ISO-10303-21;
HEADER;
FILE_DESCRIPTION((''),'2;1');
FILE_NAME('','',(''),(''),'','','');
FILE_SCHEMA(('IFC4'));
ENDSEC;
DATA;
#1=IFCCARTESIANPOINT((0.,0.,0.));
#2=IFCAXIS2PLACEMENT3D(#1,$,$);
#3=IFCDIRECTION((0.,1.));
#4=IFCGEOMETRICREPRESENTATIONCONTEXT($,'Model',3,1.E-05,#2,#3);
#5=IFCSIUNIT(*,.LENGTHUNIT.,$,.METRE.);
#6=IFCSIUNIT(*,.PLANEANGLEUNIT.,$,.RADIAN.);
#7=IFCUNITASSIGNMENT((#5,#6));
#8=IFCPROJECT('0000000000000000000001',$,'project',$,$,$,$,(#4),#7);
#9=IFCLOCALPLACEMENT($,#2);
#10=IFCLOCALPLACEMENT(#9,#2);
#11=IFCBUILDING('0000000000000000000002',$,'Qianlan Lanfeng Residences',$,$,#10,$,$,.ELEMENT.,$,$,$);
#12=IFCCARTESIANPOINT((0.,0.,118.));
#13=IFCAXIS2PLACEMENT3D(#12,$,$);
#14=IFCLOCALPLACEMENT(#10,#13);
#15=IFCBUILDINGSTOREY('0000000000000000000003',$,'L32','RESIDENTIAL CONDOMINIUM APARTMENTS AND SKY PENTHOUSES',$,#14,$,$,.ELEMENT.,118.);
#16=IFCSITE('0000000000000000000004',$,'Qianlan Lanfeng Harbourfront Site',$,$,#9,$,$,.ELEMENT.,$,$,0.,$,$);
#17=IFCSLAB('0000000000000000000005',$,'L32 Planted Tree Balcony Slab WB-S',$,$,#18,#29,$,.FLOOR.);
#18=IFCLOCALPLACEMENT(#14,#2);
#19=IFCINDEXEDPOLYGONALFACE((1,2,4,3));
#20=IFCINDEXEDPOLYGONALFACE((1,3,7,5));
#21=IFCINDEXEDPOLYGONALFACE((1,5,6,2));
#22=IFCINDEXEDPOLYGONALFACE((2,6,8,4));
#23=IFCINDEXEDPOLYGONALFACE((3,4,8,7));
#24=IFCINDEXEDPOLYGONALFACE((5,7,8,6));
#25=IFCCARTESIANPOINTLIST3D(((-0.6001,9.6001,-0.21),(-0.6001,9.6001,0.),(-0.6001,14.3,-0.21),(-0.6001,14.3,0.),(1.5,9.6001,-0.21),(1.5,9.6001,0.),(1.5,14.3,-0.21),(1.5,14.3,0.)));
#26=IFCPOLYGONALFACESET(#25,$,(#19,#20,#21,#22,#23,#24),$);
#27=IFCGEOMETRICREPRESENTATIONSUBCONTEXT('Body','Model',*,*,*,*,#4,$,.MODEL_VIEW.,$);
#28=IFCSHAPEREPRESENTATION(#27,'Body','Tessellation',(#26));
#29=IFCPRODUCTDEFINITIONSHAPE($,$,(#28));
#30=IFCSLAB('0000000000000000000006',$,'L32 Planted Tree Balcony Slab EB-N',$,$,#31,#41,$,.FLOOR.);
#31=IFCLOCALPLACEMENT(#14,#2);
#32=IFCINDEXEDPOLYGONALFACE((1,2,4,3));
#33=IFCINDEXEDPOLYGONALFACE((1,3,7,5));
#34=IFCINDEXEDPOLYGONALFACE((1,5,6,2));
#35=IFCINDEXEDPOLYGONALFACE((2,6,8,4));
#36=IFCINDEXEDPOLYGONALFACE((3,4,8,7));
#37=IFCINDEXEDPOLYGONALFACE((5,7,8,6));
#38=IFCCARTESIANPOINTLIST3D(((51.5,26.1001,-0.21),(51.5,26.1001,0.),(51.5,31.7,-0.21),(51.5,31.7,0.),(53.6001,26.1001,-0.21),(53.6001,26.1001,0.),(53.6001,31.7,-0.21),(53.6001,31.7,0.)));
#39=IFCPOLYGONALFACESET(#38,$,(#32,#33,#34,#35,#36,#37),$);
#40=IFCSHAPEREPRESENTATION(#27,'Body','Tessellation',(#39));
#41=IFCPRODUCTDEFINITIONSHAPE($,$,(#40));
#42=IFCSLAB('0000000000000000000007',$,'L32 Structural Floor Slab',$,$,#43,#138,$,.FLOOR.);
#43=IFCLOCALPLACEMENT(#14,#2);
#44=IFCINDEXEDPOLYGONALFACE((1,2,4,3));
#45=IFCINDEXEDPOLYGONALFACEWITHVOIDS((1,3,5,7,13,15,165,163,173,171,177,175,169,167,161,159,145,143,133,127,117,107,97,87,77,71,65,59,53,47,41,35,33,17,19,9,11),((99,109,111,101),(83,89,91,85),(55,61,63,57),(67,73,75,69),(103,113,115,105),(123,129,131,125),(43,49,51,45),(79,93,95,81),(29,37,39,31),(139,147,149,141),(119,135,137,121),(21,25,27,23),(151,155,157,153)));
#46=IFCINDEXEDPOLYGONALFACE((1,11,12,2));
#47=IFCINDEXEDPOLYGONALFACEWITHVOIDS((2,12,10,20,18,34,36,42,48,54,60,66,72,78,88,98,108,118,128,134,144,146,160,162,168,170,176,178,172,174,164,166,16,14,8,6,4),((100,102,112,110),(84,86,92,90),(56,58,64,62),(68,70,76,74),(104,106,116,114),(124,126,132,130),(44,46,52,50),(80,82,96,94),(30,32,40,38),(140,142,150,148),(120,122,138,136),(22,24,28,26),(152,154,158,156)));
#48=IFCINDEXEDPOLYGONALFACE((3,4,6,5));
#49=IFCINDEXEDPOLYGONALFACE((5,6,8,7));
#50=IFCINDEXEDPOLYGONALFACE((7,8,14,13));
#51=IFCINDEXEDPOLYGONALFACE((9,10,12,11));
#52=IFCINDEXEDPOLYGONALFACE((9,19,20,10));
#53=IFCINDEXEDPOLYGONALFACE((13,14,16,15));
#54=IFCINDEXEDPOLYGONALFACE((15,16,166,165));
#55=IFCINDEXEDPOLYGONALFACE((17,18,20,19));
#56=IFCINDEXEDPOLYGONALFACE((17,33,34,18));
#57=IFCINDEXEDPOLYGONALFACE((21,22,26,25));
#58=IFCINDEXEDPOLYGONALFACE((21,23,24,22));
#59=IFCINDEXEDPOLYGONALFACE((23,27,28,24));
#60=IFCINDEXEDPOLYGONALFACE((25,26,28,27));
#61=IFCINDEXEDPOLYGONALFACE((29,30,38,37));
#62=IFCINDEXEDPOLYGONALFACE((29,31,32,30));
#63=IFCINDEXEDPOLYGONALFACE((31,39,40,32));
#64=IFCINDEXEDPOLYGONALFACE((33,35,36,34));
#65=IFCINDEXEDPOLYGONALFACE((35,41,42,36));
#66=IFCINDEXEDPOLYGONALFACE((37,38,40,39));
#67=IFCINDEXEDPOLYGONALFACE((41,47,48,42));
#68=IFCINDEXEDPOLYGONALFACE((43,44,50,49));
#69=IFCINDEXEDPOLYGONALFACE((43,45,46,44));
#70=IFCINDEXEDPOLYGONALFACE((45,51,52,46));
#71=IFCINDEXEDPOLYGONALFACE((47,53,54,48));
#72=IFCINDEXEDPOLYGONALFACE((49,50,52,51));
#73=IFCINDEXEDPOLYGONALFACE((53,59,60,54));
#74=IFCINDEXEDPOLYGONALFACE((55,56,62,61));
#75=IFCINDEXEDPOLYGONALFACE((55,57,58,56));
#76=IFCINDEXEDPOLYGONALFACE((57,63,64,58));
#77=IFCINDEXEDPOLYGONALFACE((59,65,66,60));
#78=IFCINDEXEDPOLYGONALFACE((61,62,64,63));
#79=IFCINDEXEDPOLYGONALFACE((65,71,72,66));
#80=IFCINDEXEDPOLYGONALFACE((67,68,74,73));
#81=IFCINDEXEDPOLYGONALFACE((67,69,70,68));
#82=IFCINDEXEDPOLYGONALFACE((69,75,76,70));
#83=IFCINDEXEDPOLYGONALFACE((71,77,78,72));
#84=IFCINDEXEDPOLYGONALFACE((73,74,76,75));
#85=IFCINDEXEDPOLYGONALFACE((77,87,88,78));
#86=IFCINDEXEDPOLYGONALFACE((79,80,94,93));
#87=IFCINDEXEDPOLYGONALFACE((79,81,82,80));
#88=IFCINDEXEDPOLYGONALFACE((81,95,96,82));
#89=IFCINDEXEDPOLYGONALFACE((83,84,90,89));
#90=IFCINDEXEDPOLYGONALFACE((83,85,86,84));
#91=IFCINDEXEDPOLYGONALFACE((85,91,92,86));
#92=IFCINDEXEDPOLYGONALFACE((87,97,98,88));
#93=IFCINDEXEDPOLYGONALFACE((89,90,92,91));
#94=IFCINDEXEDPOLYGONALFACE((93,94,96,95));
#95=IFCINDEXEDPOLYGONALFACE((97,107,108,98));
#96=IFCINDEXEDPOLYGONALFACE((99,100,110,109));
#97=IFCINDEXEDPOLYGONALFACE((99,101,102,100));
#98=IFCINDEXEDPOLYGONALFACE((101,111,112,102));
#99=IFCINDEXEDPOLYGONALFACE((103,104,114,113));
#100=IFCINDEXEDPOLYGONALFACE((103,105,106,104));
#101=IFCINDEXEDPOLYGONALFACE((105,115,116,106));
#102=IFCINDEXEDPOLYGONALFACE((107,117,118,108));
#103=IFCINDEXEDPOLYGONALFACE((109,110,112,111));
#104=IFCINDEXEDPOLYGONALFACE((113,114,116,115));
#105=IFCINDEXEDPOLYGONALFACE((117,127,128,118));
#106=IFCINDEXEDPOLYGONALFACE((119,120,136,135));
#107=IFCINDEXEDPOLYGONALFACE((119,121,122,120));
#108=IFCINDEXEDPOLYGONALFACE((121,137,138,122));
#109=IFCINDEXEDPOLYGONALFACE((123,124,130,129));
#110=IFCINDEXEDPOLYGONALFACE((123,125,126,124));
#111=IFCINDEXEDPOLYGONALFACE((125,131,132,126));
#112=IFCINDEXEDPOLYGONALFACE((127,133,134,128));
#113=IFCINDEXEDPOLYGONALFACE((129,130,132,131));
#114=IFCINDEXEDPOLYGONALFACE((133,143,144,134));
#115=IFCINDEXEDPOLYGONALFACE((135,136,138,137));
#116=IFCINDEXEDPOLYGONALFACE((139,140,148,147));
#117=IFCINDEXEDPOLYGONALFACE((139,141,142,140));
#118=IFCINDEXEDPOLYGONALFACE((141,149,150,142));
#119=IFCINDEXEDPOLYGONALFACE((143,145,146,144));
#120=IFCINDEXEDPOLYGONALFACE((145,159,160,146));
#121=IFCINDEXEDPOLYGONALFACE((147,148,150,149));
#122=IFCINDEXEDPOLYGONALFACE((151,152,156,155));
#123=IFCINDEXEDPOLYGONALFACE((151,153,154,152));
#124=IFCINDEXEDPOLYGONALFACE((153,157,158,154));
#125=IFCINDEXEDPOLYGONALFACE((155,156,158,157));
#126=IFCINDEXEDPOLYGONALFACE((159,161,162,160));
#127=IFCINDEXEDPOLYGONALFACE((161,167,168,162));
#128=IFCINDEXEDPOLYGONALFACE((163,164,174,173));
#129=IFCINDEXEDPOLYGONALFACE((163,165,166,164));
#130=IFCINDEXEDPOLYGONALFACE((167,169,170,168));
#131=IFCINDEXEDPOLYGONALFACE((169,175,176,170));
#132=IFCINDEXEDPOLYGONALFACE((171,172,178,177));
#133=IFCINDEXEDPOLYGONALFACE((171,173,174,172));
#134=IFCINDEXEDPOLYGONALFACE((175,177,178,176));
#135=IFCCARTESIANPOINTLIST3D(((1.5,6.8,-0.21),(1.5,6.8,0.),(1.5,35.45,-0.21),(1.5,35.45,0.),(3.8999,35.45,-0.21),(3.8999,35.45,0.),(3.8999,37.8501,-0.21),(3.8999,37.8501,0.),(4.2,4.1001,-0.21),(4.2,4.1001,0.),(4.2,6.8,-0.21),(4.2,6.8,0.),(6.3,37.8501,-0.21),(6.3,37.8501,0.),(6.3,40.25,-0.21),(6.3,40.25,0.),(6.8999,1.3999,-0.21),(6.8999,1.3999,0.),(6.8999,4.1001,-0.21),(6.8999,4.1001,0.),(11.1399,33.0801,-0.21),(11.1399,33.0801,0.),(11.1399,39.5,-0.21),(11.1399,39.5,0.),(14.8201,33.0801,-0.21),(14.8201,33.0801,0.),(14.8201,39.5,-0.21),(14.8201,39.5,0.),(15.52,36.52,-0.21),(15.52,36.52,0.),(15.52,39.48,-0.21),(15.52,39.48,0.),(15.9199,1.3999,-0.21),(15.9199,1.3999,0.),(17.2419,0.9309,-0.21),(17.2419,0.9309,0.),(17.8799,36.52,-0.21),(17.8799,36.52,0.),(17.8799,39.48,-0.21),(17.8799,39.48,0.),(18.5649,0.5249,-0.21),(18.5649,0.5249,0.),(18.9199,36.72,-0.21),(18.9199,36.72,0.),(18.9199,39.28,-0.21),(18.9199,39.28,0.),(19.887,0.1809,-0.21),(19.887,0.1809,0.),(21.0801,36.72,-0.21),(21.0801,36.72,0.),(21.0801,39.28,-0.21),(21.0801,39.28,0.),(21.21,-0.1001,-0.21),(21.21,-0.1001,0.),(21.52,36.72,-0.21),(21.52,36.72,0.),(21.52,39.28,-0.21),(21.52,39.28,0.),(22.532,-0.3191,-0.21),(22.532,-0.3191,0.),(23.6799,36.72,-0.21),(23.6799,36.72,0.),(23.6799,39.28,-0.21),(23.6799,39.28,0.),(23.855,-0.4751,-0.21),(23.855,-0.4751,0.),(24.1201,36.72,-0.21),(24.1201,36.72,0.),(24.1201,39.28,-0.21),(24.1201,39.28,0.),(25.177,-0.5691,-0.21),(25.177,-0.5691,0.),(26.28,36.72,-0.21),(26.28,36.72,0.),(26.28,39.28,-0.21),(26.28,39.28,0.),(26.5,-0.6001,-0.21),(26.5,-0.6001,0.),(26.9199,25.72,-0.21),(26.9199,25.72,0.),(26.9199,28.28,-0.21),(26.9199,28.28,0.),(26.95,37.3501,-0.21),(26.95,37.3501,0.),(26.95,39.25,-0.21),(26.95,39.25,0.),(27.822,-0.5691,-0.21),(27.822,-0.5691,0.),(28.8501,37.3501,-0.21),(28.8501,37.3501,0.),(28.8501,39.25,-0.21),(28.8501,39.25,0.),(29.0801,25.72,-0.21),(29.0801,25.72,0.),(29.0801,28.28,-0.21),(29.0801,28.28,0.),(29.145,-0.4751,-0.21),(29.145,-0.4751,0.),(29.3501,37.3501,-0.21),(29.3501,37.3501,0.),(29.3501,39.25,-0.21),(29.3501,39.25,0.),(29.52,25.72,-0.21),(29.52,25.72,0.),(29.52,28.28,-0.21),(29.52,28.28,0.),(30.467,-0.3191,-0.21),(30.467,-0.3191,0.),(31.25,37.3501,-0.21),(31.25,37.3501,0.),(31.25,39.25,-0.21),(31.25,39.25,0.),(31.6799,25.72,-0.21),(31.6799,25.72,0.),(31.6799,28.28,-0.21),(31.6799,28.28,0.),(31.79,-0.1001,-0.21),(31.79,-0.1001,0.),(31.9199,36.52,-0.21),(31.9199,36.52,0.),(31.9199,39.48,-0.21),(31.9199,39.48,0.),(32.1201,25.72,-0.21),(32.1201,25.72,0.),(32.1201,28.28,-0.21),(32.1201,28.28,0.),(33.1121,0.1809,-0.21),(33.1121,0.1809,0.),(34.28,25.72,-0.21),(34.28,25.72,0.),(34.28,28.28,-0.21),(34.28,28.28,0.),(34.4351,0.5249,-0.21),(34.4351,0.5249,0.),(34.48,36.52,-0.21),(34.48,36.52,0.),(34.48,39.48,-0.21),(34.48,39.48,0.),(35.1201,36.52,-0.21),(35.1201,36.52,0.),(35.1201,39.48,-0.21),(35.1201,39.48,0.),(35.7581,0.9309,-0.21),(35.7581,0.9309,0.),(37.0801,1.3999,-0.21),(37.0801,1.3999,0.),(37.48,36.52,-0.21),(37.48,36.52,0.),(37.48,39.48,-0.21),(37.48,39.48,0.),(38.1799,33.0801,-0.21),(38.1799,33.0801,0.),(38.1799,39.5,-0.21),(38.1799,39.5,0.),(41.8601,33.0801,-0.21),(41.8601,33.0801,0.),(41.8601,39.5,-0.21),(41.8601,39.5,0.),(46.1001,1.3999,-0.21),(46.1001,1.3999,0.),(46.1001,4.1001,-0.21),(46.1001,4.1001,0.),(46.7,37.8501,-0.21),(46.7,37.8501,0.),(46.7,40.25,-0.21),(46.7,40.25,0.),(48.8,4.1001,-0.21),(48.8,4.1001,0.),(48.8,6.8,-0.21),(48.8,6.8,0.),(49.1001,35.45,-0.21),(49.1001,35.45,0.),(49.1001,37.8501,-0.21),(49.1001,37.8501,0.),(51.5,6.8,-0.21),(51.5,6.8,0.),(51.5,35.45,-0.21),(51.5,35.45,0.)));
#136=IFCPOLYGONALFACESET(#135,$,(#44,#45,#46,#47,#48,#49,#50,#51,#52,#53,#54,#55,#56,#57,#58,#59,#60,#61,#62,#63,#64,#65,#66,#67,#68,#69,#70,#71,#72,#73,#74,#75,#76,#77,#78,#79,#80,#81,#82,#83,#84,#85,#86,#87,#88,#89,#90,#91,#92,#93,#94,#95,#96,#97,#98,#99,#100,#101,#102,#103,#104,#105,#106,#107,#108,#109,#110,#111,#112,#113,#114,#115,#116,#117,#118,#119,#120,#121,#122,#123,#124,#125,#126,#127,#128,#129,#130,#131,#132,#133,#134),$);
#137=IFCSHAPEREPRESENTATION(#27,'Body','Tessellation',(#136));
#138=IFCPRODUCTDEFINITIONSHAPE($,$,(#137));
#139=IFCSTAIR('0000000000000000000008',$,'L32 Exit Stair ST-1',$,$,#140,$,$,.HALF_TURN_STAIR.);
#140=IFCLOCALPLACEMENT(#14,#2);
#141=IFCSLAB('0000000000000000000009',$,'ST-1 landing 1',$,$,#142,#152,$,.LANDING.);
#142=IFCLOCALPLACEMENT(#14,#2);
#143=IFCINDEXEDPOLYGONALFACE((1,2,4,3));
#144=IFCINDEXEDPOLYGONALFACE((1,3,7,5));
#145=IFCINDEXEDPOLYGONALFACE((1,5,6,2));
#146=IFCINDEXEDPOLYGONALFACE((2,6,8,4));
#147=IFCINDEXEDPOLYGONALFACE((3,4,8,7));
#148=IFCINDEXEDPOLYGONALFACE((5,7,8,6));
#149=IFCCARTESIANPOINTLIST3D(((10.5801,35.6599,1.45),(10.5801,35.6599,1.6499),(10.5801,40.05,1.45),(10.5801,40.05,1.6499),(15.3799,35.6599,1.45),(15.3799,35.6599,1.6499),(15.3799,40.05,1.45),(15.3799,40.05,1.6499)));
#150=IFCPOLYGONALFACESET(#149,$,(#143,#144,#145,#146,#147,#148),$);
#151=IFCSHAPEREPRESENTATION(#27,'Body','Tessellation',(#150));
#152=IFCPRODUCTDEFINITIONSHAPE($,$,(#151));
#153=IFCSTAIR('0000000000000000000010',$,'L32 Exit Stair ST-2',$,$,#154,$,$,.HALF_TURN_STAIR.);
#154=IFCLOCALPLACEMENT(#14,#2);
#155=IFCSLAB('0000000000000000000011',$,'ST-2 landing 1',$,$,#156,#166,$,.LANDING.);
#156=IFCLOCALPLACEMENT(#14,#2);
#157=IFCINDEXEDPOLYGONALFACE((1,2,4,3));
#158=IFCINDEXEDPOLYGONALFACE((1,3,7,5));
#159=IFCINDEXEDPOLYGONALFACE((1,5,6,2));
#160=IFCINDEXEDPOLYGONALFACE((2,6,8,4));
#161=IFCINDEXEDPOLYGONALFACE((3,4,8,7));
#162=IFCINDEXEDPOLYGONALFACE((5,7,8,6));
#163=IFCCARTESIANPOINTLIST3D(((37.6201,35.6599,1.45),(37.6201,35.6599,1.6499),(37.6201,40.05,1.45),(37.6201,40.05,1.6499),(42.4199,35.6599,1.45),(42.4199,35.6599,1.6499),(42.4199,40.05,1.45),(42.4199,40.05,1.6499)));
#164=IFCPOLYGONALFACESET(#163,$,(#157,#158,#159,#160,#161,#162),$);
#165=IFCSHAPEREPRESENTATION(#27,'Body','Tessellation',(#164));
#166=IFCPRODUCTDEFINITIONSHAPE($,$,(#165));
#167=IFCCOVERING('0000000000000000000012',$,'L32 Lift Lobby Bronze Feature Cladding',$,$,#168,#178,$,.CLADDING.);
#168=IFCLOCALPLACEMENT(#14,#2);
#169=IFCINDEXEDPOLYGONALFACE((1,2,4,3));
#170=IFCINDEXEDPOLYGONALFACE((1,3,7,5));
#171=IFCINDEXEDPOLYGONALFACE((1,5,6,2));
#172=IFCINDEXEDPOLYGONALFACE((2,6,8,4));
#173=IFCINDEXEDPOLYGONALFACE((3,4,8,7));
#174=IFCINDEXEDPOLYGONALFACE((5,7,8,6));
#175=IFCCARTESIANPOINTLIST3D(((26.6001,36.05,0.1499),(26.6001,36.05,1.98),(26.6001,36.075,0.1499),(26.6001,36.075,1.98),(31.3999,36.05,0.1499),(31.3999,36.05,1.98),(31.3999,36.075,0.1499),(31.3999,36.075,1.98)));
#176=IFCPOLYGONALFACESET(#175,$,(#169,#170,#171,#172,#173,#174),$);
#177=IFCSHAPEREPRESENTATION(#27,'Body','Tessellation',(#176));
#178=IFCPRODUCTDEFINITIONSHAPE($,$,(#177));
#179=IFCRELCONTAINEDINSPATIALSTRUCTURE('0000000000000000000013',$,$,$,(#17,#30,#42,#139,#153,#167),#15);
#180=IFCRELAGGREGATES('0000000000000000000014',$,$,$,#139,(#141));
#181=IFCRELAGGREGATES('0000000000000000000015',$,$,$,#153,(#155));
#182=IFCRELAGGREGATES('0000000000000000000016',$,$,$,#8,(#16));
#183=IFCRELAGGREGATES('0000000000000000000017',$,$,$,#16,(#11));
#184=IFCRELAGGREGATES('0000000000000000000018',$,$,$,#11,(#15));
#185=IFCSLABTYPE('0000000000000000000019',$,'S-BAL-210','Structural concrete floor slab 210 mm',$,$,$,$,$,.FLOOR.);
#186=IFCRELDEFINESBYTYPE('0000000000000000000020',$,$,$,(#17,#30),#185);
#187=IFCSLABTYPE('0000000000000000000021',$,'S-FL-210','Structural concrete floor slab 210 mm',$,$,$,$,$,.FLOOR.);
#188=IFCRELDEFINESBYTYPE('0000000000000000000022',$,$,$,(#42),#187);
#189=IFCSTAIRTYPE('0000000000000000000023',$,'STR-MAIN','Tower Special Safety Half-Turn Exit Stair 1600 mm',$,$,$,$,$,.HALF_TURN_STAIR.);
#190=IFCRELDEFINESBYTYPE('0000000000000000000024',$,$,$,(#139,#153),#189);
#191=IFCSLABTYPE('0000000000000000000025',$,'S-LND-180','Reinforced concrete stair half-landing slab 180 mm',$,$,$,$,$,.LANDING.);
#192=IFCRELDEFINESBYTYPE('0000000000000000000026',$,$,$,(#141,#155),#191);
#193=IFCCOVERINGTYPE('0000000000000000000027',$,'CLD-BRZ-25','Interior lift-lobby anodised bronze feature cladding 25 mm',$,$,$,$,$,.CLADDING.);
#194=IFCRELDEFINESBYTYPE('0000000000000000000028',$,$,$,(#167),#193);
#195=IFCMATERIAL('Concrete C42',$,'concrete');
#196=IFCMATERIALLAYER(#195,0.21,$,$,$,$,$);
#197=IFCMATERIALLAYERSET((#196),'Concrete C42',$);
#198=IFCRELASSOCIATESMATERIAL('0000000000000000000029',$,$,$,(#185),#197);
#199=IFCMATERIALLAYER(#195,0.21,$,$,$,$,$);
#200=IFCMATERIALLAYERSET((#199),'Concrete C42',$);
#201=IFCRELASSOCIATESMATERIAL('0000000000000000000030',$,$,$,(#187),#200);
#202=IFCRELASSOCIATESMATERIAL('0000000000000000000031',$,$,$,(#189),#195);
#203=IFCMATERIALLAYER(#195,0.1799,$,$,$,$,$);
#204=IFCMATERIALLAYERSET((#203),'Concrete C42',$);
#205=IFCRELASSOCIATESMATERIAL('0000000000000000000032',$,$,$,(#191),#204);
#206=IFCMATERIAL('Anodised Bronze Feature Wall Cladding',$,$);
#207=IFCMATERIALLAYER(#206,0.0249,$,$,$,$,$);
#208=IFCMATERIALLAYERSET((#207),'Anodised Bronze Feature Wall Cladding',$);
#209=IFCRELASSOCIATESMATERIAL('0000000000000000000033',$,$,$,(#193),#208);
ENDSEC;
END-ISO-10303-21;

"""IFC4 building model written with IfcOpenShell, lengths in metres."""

from ifc_helpers import new_model, si_unit, direction, frame, origin, place, context, subcontext, project, spatial, polyline, outline, extrude, material, layer, layer_set, type_object, element, aggregate, save


model = new_model("IFC4")

# Units and contexts
model_context = context("Model", 3, precision=1e-05, world=origin(), true_north=direction((0.0, 1.0)))
body_context = subcontext(model_context, "Body", "Model", "MODEL_VIEW")
ifc_project = project(units=[si_unit("LENGTHUNIT", "METRE"), si_unit("PLANEANGLEUNIT", "RADIAN")], contexts=[model_context])

# Site, building, storey
site_placement = place(None, origin())
site = spatial("IfcSite", under=ifc_project, at=site_placement, Name="Qianlan Lanfeng Harbourfront Site", CompositionType="ELEMENT", RefElevation=0.0)
building_placement = place(site_placement, origin())
building = spatial("IfcBuilding", under=site, at=building_placement, Name="Qianlan Lanfeng Residences", CompositionType="ELEMENT")
storey_placement = place(building_placement, frame((0.0, 0.0, 118.0)))
storey = spatial("IfcBuildingStorey", under=building, at=storey_placement, Name="L32", Description="RESIDENTIAL CONDOMINIUM APARTMENTS AND SKY PENTHOUSES", CompositionType="ELEMENT", Elevation=118.0)

# Slabs
ifc_material_1 = material(Name="Concrete C42", Category="concrete")
ifc_layer_1 = layer(ifc_material_1, 0.21)
ifc_layer_set_1 = layer_set([ifc_layer_1], Name="Concrete C42")
slab_type_1 = type_object("IfcSlabType", Name="S-BAL-210", Description="Structural concrete floor slab 210 mm", PredefinedType="FLOOR", material=ifc_layer_set_1)
slab_1_placement = place(storey_placement, frame((0.0, 0.0, -0.21)))
element("IfcSlab", 1, at=slab_1_placement, inside=storey, type_object=slab_type_1, Name="L32 Planted Tree Balcony Slab WB-S", PredefinedType="FLOOR", context=body_context, shape_type="SweptSolid", body=[
    extrude(outline(polyline([(1.5, 9.6001), (1.5, 14.3), (-0.6001, 14.3), (-0.6001, 9.6001), (1.5, 9.6001)])), origin(), (0.0, 0.0, 1.0), 0.21),
])
slab_2_placement = place(storey_placement, frame((0.0, 0.0, -0.21)))
element("IfcSlab", 2, at=slab_2_placement, inside=storey, type_object=slab_type_1, Name="L32 Planted Tree Balcony Slab EB-N", PredefinedType="FLOOR", context=body_context, shape_type="SweptSolid", body=[
    extrude(outline(polyline([(51.5, 31.7), (51.5, 26.1001), (53.6001, 26.1001), (53.6001, 31.7), (51.5, 31.7)])), origin(), (0.0, 0.0, 1.0), 0.21),
])
ifc_layer_2 = layer(ifc_material_1, 0.21)
ifc_layer_set_2 = layer_set([ifc_layer_2], Name="Concrete C42")
slab_type_2 = type_object("IfcSlabType", Name="S-FL-210", Description="Structural concrete floor slab 210 mm", PredefinedType="FLOOR", material=ifc_layer_set_2)
slab_3_placement = place(storey_placement, frame((0.0, 0.0, -0.21)))
element("IfcSlab", 3, at=slab_3_placement, inside=storey, type_object=slab_type_2, Name="L32 Structural Floor Slab", PredefinedType="FLOOR", context=body_context, shape_type="SweptSolid", body=[
    extrude(outline(polyline([(1.5, 6.8), (4.2, 6.8), (4.2, 4.1001), (6.8999, 4.1001), (6.8999, 1.3999), (15.9199, 1.3999), (17.2419, 0.9309), (18.5649, 0.5249), (19.887, 0.1809), (21.21, -0.1001), (22.532, -0.3191), (23.855, -0.4751), (25.177, -0.5691), (26.5, -0.6001), (27.822, -0.5691), (29.145, -0.4751), (30.467, -0.3191), (31.79, -0.1001), (33.1121, 0.1809), (34.4351, 0.5249), (35.7581, 0.9309), (37.0801, 1.3999), (46.1001, 1.3999), (46.1001, 4.1001), (48.8, 4.1001), (48.8, 6.8), (51.5, 6.8), (51.5, 35.45), (49.1001, 35.45), (49.1001, 37.8501), (46.7, 37.8501), (46.7, 40.25), (6.3, 40.25), (6.3, 37.8501), (3.8999, 37.8501), (3.8999, 35.45), (1.5, 35.45), (1.5, 6.8)]), holes=[polyline([(11.1399, 33.0801), (11.1399, 39.5), (14.8201, 39.5), (14.8201, 33.0801), (11.1399, 33.0801)]), polyline([(38.1799, 33.0801), (38.1799, 39.5), (41.8601, 39.5), (41.8601, 33.0801), (38.1799, 33.0801)]), polyline([(15.52, 36.52), (15.52, 39.48), (17.8799, 39.48), (17.8799, 36.52), (15.52, 36.52)]), polyline([(35.1201, 36.52), (35.1201, 39.48), (37.48, 39.48), (37.48, 36.52), (35.1201, 36.52)]), polyline([(31.9199, 36.52), (31.9199, 39.48), (34.48, 39.48), (34.48, 36.52), (31.9199, 36.52)]), polyline([(26.9199, 25.72), (26.9199, 28.28), (29.0801, 28.28), (29.0801, 25.72), (26.9199, 25.72)]), polyline([(29.52, 25.72), (29.52, 28.28), (31.6799, 28.28), (31.6799, 25.72), (29.52, 25.72)]), polyline([(32.1201, 25.72), (32.1201, 28.28), (34.28, 28.28), (34.28, 25.72), (32.1201, 25.72)]), polyline([(18.9199, 36.72), (18.9199, 39.28), (21.0801, 39.28), (21.0801, 36.72), (18.9199, 36.72)]), polyline([(21.52, 36.72), (21.52, 39.28), (23.6799, 39.28), (23.6799, 36.72), (21.52, 36.72)]), polyline([(24.1201, 36.72), (24.1201, 39.28), (26.28, 39.28), (26.28, 36.72), (24.1201, 36.72)]), polyline([(26.95, 37.3501), (26.95, 39.25), (28.8501, 39.25), (28.8501, 37.3501), (26.95, 37.3501)]), polyline([(29.3501, 37.3501), (29.3501, 39.25), (31.25, 39.25), (31.25, 37.3501), (29.3501, 37.3501)])]), origin(), (0.0, 0.0, 1.0), 0.21),
])

# Stairs, slabs
stair_type = type_object("IfcStairType", Name="STR-MAIN", Description="Tower Special Safety Half-Turn Exit Stair 1600 mm", PredefinedType="HALF_TURN_STAIR", material=ifc_material_1)
stair_1_placement = place(storey_placement, origin())
stair_1 = element("IfcStair", 4, at=stair_1_placement, inside=storey, type_object=stair_type, Name="L32 Exit Stair ST-1", PredefinedType="HALF_TURN_STAIR")
ifc_layer_3 = layer(ifc_material_1, 0.1799)
ifc_layer_set_3 = layer_set([ifc_layer_3], Name="Concrete C42")
slab_type_3 = type_object("IfcSlabType", Name="S-LND-180", Description="Reinforced concrete stair half-landing slab 180 mm", PredefinedType="LANDING", material=ifc_layer_set_3)
slab_4_placement = place(storey_placement, frame((0.0, 0.0, 1.45)))
slab_4 = element("IfcSlab", 5, at=slab_4_placement, type_object=slab_type_3, Name="ST-1 landing 1", PredefinedType="LANDING", context=body_context, shape_type="SweptSolid", body=[
    extrude(outline(polyline([(10.5801, 35.6599), (15.3799, 35.6599), (15.3799, 40.05), (10.5801, 40.05), (10.5801, 35.6599)])), origin(), (0.0, 0.0, 1.0), 0.2),
])
aggregate(stair_1, [slab_4])
stair_2_placement = place(storey_placement, origin())
stair_2 = element("IfcStair", 6, at=stair_2_placement, inside=storey, type_object=stair_type, Name="L32 Exit Stair ST-2", PredefinedType="HALF_TURN_STAIR")
slab_5_placement = place(storey_placement, frame((0.0, 0.0, 1.45)))
slab_5 = element("IfcSlab", 7, at=slab_5_placement, type_object=slab_type_3, Name="ST-2 landing 1", PredefinedType="LANDING", context=body_context, shape_type="SweptSolid", body=[
    extrude(outline(polyline([(37.6201, 35.6599), (42.4199, 35.6599), (42.4199, 40.05), (37.6201, 40.05), (37.6201, 35.6599)])), origin(), (0.0, 0.0, 1.0), 0.2),
])
aggregate(stair_2, [slab_5])

# Covering
ifc_material_2 = material(Name="Anodised Bronze Feature Wall Cladding")
ifc_layer_4 = layer(ifc_material_2, 0.0249)
ifc_layer_set_4 = layer_set([ifc_layer_4], Name="Anodised Bronze Feature Wall Cladding")
covering_type_1 = type_object("IfcCoveringType", Name="CLD-BRZ-25", Description="Interior lift-lobby anodised bronze feature cladding 25 mm", PredefinedType="CLADDING", material=ifc_layer_set_4)
covering_1_placement = place(storey_placement, frame((0.0, 0.0, 0.1499)))
element("IfcCovering", 8, at=covering_1_placement, inside=storey, type_object=covering_type_1, Name="L32 Lift Lobby Bronze Feature Cladding", PredefinedType="CLADDING", context=body_context, shape_type="SweptSolid", body=[
    extrude(outline(polyline([(26.6001, 36.05), (31.3999, 36.05), (31.3999, 36.075), (26.6001, 36.075), (26.6001, 36.05)])), origin(), (0.0, 0.0, 1.0), 1.8301),
])

save(model, "model.ifc")
